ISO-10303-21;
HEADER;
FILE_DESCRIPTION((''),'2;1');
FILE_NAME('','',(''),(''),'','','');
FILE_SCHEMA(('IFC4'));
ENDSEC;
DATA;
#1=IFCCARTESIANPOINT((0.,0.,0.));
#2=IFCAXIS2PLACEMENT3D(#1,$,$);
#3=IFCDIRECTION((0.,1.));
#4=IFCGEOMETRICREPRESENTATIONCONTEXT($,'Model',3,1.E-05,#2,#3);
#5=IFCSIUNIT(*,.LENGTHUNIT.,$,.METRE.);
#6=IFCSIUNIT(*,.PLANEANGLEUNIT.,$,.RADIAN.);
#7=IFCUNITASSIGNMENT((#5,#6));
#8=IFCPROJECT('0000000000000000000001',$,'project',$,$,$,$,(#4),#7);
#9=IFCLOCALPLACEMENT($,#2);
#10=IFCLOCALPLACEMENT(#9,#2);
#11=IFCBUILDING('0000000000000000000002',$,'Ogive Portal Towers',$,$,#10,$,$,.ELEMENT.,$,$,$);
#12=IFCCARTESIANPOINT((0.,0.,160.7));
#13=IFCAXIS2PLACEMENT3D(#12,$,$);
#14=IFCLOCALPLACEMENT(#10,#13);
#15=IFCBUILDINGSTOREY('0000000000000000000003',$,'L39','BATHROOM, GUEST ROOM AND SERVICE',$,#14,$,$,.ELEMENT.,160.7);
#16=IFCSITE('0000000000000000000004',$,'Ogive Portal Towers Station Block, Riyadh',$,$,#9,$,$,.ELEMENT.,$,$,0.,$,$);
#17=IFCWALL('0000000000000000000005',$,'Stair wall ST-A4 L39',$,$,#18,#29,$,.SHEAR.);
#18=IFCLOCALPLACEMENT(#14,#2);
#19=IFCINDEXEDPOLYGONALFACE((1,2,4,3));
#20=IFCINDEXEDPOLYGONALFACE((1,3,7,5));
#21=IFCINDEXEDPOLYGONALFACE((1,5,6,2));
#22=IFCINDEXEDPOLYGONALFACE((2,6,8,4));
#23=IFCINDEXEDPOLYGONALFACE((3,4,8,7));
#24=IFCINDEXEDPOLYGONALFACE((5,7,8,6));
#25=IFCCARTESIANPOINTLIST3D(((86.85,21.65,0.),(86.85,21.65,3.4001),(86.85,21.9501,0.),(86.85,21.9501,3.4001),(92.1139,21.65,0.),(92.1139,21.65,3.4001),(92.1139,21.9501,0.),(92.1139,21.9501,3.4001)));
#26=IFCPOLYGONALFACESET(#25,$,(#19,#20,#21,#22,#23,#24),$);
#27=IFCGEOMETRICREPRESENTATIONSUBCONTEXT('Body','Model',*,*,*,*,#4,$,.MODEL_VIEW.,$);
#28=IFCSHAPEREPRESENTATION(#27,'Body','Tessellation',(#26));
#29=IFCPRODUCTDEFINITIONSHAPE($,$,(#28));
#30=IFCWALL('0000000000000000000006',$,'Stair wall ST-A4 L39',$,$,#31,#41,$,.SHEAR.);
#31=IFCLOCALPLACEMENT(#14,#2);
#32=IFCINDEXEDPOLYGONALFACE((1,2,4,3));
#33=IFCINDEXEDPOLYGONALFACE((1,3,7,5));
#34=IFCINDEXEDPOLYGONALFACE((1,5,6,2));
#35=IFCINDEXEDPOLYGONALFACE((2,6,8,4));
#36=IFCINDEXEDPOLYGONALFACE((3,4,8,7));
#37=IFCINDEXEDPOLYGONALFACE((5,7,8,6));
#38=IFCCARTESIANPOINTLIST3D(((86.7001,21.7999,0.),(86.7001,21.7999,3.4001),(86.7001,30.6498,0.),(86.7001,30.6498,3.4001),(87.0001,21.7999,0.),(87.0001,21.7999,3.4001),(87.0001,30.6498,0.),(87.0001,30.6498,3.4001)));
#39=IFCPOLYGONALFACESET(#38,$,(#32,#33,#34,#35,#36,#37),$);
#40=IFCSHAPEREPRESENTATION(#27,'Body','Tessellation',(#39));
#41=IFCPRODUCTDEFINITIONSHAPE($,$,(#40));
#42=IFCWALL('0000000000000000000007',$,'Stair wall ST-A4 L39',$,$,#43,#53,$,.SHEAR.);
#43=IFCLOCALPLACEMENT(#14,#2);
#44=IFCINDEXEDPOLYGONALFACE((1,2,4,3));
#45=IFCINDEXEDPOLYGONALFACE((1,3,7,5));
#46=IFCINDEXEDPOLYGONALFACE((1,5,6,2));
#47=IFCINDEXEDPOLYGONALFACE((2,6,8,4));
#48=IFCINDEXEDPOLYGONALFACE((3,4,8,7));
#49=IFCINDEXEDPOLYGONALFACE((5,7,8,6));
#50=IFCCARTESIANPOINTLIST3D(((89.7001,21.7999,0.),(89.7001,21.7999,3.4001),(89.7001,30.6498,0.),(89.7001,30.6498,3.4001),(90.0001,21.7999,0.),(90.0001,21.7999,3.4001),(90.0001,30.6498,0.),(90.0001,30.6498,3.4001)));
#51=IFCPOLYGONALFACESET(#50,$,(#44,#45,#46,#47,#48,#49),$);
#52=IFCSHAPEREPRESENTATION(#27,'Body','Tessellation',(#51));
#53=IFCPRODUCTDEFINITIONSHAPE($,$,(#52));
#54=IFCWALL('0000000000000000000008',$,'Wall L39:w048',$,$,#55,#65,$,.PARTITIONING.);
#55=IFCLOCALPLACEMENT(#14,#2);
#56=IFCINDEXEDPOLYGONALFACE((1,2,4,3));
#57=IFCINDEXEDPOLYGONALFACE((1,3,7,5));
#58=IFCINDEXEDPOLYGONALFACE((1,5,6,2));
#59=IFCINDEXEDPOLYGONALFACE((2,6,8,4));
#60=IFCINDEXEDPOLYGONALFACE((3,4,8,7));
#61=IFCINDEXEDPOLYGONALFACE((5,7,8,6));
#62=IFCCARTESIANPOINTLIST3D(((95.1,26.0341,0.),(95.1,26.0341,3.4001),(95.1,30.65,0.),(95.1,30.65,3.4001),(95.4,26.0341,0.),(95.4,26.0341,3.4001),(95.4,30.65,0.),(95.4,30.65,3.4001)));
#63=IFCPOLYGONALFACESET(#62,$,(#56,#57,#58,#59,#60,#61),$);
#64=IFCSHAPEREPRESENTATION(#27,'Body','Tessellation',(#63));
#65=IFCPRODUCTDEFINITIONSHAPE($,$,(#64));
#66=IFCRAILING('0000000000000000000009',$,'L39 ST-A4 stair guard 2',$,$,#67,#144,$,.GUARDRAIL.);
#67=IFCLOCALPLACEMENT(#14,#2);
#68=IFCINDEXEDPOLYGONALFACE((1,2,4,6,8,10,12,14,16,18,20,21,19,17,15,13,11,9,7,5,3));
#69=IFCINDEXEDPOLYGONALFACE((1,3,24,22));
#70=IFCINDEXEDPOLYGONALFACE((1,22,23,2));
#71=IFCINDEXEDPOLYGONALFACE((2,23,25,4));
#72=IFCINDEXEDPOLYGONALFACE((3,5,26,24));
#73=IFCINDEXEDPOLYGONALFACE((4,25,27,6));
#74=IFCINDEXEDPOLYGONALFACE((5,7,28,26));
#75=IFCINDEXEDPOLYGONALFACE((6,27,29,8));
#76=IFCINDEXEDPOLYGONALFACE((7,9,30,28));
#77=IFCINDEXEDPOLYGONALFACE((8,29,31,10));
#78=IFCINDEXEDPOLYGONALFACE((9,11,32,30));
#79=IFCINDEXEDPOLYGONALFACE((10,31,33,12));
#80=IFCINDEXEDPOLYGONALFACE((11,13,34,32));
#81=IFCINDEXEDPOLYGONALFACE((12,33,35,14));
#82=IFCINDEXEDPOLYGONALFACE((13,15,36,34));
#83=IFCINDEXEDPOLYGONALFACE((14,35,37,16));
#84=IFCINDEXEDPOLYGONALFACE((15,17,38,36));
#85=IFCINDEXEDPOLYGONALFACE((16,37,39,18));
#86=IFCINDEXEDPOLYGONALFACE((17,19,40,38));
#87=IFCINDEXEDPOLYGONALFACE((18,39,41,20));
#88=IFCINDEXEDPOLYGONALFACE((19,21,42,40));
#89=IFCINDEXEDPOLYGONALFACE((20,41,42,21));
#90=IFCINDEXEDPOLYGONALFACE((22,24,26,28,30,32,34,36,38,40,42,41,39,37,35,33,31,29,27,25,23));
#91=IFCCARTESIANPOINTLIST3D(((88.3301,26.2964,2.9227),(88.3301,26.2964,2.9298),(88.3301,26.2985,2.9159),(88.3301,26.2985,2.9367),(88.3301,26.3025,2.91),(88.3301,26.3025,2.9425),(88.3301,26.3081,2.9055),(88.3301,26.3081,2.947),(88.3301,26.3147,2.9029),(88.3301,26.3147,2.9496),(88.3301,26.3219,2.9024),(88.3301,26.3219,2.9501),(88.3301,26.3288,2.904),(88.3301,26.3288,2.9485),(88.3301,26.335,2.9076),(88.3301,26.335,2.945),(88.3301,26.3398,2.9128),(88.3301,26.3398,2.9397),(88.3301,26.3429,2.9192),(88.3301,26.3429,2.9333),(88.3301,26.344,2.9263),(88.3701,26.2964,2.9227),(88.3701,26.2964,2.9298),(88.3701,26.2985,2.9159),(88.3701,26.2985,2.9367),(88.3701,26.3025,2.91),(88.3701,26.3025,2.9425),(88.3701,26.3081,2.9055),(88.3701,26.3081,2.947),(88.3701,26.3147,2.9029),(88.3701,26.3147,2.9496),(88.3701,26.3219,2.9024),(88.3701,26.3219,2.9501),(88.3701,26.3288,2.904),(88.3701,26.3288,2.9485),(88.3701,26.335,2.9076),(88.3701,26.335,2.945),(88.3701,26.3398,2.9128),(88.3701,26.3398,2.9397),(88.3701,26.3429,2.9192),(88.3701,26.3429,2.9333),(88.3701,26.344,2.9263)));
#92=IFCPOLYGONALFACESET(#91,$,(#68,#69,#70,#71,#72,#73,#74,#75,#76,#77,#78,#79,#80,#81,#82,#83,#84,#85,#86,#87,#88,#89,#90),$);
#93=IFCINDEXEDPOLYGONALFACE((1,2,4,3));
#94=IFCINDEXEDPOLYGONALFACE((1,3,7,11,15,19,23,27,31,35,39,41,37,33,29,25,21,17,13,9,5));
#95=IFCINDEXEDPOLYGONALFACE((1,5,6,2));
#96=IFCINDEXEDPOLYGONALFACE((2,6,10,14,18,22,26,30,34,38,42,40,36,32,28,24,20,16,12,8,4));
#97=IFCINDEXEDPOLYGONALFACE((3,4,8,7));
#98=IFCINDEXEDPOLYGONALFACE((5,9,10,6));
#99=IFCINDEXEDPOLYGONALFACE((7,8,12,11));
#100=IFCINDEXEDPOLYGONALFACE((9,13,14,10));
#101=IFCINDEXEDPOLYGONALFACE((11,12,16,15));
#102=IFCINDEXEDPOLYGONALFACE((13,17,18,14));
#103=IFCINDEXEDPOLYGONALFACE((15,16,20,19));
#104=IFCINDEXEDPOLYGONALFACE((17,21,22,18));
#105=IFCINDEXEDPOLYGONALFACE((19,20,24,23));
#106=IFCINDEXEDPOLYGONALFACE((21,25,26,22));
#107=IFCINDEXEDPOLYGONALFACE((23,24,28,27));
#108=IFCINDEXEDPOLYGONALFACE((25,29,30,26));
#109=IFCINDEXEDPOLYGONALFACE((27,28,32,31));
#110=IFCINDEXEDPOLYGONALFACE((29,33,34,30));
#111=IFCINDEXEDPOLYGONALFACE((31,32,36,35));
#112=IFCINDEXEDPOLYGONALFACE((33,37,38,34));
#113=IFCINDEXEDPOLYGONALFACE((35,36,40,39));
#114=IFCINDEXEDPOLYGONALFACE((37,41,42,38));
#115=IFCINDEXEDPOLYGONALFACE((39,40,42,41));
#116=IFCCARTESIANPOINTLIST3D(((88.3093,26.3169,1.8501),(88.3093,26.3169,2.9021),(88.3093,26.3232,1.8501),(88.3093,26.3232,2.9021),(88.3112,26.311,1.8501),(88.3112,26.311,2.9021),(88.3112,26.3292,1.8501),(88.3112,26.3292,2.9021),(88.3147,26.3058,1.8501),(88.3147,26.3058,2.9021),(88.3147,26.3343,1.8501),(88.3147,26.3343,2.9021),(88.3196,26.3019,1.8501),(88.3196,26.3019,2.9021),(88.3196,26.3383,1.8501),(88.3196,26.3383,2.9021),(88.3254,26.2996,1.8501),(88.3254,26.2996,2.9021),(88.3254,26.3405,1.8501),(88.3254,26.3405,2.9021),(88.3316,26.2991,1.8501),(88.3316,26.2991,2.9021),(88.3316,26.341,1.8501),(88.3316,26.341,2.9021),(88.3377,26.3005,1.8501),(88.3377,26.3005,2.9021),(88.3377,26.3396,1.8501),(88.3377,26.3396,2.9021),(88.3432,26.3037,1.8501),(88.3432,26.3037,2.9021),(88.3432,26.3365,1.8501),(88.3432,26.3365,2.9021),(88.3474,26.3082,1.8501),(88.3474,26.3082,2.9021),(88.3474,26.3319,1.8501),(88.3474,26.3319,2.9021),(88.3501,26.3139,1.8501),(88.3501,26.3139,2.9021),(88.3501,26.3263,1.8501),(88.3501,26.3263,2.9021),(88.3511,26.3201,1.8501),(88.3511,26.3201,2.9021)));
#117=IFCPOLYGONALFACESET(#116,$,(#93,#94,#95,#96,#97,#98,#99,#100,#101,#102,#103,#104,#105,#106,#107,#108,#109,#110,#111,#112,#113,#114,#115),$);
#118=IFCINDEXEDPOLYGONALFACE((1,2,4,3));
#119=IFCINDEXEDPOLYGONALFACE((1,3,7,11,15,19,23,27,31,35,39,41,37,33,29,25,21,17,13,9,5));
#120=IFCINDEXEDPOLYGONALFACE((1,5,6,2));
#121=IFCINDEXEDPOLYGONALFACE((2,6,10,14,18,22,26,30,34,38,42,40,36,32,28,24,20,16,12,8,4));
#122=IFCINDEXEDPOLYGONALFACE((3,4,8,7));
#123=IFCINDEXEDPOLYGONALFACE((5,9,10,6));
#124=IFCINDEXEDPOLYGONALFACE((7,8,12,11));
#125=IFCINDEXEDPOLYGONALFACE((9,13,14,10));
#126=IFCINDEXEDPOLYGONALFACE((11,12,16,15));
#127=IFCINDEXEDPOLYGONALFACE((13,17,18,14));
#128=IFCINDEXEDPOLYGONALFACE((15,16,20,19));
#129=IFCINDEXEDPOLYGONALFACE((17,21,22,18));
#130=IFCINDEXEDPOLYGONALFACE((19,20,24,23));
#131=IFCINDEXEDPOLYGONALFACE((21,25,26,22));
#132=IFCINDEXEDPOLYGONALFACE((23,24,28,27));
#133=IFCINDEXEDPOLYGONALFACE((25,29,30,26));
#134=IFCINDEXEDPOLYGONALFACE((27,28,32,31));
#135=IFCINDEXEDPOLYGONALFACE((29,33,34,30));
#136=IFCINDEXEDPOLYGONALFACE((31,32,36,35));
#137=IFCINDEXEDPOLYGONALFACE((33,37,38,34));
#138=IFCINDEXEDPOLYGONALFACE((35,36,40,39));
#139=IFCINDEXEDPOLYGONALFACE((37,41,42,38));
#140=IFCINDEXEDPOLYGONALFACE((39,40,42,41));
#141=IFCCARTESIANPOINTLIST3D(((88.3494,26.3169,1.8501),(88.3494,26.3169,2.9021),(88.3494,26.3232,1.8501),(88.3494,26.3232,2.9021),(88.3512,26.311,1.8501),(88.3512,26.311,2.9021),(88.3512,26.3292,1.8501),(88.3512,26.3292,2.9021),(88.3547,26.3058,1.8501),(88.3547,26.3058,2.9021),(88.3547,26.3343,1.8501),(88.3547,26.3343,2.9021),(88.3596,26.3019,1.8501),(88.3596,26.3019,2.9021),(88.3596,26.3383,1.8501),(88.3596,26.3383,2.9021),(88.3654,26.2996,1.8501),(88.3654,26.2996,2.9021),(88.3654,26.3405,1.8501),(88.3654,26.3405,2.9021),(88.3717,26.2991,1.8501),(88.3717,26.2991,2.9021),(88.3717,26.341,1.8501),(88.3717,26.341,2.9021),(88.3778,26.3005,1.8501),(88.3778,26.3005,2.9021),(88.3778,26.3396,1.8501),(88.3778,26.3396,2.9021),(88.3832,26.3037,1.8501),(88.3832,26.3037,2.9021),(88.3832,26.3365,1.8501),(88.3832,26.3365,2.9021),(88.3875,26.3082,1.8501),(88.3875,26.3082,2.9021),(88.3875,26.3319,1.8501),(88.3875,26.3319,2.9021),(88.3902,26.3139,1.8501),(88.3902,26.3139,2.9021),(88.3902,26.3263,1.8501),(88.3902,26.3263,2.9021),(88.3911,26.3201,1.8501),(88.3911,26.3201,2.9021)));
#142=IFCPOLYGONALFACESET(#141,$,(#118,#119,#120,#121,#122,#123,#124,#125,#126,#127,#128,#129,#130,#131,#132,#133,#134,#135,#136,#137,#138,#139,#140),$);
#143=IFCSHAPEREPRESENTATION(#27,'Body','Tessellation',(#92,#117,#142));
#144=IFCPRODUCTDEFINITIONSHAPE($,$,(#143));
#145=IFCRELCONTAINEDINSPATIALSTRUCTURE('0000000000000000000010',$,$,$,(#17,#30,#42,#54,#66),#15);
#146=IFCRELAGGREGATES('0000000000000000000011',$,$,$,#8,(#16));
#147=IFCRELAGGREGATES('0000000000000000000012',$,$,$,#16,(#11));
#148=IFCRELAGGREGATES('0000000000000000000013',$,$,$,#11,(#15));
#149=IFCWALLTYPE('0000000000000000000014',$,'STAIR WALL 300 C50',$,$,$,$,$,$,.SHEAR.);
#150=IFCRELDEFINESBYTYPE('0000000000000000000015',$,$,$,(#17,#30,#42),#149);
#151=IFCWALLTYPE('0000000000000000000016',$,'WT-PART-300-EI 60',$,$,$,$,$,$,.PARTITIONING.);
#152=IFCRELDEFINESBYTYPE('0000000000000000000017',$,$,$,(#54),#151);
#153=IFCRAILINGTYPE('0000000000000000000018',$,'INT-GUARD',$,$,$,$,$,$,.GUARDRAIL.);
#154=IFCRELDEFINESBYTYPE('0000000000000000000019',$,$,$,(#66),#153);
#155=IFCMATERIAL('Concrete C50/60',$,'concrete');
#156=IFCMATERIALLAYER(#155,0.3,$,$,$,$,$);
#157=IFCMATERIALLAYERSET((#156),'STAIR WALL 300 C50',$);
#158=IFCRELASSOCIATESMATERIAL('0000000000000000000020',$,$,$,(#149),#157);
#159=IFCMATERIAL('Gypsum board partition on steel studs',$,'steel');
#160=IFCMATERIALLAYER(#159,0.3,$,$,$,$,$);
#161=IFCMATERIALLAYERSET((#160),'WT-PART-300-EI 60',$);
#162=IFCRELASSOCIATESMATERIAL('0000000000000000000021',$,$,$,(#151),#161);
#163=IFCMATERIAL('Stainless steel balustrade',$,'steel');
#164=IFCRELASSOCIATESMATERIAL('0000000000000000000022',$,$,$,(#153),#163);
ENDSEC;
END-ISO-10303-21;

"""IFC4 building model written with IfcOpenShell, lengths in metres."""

from ifc_helpers import new_model, si_unit, direction, frame, frame_2d, origin, origin_2d, place, context, subcontext, project, spatial, rectangle, circle, extrude, material, layer, layer_set, type_object, element, save


model = new_model("IFC4")

# Units and contexts
model_context = context("Model", 3, precision=1e-05, world=origin(), true_north=direction((0.0, 1.0)))
body_context = subcontext(model_context, "Body", "Model", "MODEL_VIEW")
ifc_project = project(units=[si_unit("LENGTHUNIT", "METRE"), si_unit("PLANEANGLEUNIT", "RADIAN")], contexts=[model_context])

# Site, building, storey
site_placement = place(None, origin())
site = spatial("IfcSite", under=ifc_project, at=site_placement, Name="Ogive Portal Towers Station Block, Riyadh", CompositionType="ELEMENT", RefElevation=0.0)
building_placement = place(site_placement, origin())
building = spatial("IfcBuilding", under=site, at=building_placement, Name="Ogive Portal Towers", CompositionType="ELEMENT")
storey_placement = place(building_placement, frame((0.0, 0.0, 160.7)))
storey = spatial("IfcBuildingStorey", under=building, at=storey_placement, Name="L39", Description="BATHROOM, GUEST ROOM AND SERVICE", CompositionType="ELEMENT", Elevation=160.7)

# Walls
ifc_material_1 = material(Name="Concrete C50/60", Category="concrete")
ifc_layer_1 = layer(ifc_material_1, 0.3)
ifc_layer_set_1 = layer_set([ifc_layer_1], Name="STAIR WALL 300 C50")
wall_type_1 = type_object("IfcWallType", Name="STAIR WALL 300 C50", PredefinedType="SHEAR", material=ifc_layer_set_1)
wall_1_placement = place(storey_placement, frame((86.8501, 21.8, 0.0), z_axis=(0.0, 0.0, 1.0), x_axis=(1.0, 0.0, 0.0)))
element("IfcWall", 1, at=wall_1_placement, inside=storey, type_object=wall_type_1, Name="Stair wall ST-A4 L39", PredefinedType="SHEAR", context=body_context, shape_type="SweptSolid", body=[
    extrude(rectangle(XDim=5.2639, YDim=0.3, at=frame_2d((2.6318, 0.0))), origin(), (0.0, 0.0, 1.0), 3.4001),
])
for number, where, z_axis, x_axis, name in (
    (2, (86.8501, 21.8, 0.0), (0.0, 0.0, 1.0), (0.0, 1.0, 0.0), "Stair wall ST-A4 L39"),
    (3, (89.8501, 21.8, 0.0), (0.0, 0.0, 1.0), (0.0, 1.0, 0.0), "Stair wall ST-A4 L39"),
):
    element("IfcWall", number, at=place(storey_placement, frame(where, z_axis=z_axis, x_axis=x_axis)), inside=storey, type_object=wall_type_1, Name=name, PredefinedType="SHEAR", context=body_context, shape_type="SweptSolid", body=[
        extrude(rectangle(XDim=8.8499, YDim=0.3, at=frame_2d((4.4248, 0.0))), origin(), (0.0, 0.0, 1.0), 3.4001),
    ])
ifc_material_2 = material(Name="Gypsum board partition on steel studs", Category="steel")
ifc_layer_2 = layer(ifc_material_2, 0.3)
ifc_layer_set_2 = layer_set([ifc_layer_2], Name="WT-PART-300-EI 60")
wall_type_2 = type_object("IfcWallType", Name="WT-PART-300-EI 60", PredefinedType="PARTITIONING", material=ifc_layer_set_2)
wall_2_placement = place(storey_placement, frame((95.25, 26.0339, 0.0), z_axis=(0.0, 0.0, 1.0), x_axis=(0.0, 1.0, 0.0)))
element("IfcWall", 4, at=wall_2_placement, inside=storey, type_object=wall_type_2, Name="Wall L39:w048", PredefinedType="PARTITIONING", context=body_context, shape_type="SweptSolid", body=[
    extrude(rectangle(XDim=4.616, YDim=0.3, at=frame_2d((2.3081, 0.0))), origin(), (0.0, 0.0, 1.0), 3.4001),
])

# Railing
ifc_material_3 = material(Name="Stainless steel balustrade", Category="steel")
railing_type = type_object("IfcRailingType", Name="INT-GUARD", PredefinedType="GUARDRAIL", material=ifc_material_3)
railing_placement = place(storey_placement, frame((88.3301, 26.3201, 1.8501)))
element("IfcRailing", 5, at=railing_placement, inside=storey, type_object=railing_type, Name="L39 ST-A4 stair guard 2", PredefinedType="GUARDRAIL", context=body_context, shape_type="SweptSolid", body=[
    extrude(circle(Radius=0.0239, at=origin_2d()), frame((0.0, 0.0, 1.0762), z_axis=(1.0, 0.0, 0.0), x_axis=(0.0, 1.0, 0.0)), (0.0, 0.0, 1.0), 0.04),
    extrude(circle(Radius=0.021, at=origin_2d()), origin(), (0.0, 0.0, 1.0), 1.052),
    extrude(circle(Radius=0.021, at=origin_2d()), frame((0.04, 0.0, 0.0)), (0.0, 0.0, 1.0), 1.052),
])

save(model, "model.ifc")
